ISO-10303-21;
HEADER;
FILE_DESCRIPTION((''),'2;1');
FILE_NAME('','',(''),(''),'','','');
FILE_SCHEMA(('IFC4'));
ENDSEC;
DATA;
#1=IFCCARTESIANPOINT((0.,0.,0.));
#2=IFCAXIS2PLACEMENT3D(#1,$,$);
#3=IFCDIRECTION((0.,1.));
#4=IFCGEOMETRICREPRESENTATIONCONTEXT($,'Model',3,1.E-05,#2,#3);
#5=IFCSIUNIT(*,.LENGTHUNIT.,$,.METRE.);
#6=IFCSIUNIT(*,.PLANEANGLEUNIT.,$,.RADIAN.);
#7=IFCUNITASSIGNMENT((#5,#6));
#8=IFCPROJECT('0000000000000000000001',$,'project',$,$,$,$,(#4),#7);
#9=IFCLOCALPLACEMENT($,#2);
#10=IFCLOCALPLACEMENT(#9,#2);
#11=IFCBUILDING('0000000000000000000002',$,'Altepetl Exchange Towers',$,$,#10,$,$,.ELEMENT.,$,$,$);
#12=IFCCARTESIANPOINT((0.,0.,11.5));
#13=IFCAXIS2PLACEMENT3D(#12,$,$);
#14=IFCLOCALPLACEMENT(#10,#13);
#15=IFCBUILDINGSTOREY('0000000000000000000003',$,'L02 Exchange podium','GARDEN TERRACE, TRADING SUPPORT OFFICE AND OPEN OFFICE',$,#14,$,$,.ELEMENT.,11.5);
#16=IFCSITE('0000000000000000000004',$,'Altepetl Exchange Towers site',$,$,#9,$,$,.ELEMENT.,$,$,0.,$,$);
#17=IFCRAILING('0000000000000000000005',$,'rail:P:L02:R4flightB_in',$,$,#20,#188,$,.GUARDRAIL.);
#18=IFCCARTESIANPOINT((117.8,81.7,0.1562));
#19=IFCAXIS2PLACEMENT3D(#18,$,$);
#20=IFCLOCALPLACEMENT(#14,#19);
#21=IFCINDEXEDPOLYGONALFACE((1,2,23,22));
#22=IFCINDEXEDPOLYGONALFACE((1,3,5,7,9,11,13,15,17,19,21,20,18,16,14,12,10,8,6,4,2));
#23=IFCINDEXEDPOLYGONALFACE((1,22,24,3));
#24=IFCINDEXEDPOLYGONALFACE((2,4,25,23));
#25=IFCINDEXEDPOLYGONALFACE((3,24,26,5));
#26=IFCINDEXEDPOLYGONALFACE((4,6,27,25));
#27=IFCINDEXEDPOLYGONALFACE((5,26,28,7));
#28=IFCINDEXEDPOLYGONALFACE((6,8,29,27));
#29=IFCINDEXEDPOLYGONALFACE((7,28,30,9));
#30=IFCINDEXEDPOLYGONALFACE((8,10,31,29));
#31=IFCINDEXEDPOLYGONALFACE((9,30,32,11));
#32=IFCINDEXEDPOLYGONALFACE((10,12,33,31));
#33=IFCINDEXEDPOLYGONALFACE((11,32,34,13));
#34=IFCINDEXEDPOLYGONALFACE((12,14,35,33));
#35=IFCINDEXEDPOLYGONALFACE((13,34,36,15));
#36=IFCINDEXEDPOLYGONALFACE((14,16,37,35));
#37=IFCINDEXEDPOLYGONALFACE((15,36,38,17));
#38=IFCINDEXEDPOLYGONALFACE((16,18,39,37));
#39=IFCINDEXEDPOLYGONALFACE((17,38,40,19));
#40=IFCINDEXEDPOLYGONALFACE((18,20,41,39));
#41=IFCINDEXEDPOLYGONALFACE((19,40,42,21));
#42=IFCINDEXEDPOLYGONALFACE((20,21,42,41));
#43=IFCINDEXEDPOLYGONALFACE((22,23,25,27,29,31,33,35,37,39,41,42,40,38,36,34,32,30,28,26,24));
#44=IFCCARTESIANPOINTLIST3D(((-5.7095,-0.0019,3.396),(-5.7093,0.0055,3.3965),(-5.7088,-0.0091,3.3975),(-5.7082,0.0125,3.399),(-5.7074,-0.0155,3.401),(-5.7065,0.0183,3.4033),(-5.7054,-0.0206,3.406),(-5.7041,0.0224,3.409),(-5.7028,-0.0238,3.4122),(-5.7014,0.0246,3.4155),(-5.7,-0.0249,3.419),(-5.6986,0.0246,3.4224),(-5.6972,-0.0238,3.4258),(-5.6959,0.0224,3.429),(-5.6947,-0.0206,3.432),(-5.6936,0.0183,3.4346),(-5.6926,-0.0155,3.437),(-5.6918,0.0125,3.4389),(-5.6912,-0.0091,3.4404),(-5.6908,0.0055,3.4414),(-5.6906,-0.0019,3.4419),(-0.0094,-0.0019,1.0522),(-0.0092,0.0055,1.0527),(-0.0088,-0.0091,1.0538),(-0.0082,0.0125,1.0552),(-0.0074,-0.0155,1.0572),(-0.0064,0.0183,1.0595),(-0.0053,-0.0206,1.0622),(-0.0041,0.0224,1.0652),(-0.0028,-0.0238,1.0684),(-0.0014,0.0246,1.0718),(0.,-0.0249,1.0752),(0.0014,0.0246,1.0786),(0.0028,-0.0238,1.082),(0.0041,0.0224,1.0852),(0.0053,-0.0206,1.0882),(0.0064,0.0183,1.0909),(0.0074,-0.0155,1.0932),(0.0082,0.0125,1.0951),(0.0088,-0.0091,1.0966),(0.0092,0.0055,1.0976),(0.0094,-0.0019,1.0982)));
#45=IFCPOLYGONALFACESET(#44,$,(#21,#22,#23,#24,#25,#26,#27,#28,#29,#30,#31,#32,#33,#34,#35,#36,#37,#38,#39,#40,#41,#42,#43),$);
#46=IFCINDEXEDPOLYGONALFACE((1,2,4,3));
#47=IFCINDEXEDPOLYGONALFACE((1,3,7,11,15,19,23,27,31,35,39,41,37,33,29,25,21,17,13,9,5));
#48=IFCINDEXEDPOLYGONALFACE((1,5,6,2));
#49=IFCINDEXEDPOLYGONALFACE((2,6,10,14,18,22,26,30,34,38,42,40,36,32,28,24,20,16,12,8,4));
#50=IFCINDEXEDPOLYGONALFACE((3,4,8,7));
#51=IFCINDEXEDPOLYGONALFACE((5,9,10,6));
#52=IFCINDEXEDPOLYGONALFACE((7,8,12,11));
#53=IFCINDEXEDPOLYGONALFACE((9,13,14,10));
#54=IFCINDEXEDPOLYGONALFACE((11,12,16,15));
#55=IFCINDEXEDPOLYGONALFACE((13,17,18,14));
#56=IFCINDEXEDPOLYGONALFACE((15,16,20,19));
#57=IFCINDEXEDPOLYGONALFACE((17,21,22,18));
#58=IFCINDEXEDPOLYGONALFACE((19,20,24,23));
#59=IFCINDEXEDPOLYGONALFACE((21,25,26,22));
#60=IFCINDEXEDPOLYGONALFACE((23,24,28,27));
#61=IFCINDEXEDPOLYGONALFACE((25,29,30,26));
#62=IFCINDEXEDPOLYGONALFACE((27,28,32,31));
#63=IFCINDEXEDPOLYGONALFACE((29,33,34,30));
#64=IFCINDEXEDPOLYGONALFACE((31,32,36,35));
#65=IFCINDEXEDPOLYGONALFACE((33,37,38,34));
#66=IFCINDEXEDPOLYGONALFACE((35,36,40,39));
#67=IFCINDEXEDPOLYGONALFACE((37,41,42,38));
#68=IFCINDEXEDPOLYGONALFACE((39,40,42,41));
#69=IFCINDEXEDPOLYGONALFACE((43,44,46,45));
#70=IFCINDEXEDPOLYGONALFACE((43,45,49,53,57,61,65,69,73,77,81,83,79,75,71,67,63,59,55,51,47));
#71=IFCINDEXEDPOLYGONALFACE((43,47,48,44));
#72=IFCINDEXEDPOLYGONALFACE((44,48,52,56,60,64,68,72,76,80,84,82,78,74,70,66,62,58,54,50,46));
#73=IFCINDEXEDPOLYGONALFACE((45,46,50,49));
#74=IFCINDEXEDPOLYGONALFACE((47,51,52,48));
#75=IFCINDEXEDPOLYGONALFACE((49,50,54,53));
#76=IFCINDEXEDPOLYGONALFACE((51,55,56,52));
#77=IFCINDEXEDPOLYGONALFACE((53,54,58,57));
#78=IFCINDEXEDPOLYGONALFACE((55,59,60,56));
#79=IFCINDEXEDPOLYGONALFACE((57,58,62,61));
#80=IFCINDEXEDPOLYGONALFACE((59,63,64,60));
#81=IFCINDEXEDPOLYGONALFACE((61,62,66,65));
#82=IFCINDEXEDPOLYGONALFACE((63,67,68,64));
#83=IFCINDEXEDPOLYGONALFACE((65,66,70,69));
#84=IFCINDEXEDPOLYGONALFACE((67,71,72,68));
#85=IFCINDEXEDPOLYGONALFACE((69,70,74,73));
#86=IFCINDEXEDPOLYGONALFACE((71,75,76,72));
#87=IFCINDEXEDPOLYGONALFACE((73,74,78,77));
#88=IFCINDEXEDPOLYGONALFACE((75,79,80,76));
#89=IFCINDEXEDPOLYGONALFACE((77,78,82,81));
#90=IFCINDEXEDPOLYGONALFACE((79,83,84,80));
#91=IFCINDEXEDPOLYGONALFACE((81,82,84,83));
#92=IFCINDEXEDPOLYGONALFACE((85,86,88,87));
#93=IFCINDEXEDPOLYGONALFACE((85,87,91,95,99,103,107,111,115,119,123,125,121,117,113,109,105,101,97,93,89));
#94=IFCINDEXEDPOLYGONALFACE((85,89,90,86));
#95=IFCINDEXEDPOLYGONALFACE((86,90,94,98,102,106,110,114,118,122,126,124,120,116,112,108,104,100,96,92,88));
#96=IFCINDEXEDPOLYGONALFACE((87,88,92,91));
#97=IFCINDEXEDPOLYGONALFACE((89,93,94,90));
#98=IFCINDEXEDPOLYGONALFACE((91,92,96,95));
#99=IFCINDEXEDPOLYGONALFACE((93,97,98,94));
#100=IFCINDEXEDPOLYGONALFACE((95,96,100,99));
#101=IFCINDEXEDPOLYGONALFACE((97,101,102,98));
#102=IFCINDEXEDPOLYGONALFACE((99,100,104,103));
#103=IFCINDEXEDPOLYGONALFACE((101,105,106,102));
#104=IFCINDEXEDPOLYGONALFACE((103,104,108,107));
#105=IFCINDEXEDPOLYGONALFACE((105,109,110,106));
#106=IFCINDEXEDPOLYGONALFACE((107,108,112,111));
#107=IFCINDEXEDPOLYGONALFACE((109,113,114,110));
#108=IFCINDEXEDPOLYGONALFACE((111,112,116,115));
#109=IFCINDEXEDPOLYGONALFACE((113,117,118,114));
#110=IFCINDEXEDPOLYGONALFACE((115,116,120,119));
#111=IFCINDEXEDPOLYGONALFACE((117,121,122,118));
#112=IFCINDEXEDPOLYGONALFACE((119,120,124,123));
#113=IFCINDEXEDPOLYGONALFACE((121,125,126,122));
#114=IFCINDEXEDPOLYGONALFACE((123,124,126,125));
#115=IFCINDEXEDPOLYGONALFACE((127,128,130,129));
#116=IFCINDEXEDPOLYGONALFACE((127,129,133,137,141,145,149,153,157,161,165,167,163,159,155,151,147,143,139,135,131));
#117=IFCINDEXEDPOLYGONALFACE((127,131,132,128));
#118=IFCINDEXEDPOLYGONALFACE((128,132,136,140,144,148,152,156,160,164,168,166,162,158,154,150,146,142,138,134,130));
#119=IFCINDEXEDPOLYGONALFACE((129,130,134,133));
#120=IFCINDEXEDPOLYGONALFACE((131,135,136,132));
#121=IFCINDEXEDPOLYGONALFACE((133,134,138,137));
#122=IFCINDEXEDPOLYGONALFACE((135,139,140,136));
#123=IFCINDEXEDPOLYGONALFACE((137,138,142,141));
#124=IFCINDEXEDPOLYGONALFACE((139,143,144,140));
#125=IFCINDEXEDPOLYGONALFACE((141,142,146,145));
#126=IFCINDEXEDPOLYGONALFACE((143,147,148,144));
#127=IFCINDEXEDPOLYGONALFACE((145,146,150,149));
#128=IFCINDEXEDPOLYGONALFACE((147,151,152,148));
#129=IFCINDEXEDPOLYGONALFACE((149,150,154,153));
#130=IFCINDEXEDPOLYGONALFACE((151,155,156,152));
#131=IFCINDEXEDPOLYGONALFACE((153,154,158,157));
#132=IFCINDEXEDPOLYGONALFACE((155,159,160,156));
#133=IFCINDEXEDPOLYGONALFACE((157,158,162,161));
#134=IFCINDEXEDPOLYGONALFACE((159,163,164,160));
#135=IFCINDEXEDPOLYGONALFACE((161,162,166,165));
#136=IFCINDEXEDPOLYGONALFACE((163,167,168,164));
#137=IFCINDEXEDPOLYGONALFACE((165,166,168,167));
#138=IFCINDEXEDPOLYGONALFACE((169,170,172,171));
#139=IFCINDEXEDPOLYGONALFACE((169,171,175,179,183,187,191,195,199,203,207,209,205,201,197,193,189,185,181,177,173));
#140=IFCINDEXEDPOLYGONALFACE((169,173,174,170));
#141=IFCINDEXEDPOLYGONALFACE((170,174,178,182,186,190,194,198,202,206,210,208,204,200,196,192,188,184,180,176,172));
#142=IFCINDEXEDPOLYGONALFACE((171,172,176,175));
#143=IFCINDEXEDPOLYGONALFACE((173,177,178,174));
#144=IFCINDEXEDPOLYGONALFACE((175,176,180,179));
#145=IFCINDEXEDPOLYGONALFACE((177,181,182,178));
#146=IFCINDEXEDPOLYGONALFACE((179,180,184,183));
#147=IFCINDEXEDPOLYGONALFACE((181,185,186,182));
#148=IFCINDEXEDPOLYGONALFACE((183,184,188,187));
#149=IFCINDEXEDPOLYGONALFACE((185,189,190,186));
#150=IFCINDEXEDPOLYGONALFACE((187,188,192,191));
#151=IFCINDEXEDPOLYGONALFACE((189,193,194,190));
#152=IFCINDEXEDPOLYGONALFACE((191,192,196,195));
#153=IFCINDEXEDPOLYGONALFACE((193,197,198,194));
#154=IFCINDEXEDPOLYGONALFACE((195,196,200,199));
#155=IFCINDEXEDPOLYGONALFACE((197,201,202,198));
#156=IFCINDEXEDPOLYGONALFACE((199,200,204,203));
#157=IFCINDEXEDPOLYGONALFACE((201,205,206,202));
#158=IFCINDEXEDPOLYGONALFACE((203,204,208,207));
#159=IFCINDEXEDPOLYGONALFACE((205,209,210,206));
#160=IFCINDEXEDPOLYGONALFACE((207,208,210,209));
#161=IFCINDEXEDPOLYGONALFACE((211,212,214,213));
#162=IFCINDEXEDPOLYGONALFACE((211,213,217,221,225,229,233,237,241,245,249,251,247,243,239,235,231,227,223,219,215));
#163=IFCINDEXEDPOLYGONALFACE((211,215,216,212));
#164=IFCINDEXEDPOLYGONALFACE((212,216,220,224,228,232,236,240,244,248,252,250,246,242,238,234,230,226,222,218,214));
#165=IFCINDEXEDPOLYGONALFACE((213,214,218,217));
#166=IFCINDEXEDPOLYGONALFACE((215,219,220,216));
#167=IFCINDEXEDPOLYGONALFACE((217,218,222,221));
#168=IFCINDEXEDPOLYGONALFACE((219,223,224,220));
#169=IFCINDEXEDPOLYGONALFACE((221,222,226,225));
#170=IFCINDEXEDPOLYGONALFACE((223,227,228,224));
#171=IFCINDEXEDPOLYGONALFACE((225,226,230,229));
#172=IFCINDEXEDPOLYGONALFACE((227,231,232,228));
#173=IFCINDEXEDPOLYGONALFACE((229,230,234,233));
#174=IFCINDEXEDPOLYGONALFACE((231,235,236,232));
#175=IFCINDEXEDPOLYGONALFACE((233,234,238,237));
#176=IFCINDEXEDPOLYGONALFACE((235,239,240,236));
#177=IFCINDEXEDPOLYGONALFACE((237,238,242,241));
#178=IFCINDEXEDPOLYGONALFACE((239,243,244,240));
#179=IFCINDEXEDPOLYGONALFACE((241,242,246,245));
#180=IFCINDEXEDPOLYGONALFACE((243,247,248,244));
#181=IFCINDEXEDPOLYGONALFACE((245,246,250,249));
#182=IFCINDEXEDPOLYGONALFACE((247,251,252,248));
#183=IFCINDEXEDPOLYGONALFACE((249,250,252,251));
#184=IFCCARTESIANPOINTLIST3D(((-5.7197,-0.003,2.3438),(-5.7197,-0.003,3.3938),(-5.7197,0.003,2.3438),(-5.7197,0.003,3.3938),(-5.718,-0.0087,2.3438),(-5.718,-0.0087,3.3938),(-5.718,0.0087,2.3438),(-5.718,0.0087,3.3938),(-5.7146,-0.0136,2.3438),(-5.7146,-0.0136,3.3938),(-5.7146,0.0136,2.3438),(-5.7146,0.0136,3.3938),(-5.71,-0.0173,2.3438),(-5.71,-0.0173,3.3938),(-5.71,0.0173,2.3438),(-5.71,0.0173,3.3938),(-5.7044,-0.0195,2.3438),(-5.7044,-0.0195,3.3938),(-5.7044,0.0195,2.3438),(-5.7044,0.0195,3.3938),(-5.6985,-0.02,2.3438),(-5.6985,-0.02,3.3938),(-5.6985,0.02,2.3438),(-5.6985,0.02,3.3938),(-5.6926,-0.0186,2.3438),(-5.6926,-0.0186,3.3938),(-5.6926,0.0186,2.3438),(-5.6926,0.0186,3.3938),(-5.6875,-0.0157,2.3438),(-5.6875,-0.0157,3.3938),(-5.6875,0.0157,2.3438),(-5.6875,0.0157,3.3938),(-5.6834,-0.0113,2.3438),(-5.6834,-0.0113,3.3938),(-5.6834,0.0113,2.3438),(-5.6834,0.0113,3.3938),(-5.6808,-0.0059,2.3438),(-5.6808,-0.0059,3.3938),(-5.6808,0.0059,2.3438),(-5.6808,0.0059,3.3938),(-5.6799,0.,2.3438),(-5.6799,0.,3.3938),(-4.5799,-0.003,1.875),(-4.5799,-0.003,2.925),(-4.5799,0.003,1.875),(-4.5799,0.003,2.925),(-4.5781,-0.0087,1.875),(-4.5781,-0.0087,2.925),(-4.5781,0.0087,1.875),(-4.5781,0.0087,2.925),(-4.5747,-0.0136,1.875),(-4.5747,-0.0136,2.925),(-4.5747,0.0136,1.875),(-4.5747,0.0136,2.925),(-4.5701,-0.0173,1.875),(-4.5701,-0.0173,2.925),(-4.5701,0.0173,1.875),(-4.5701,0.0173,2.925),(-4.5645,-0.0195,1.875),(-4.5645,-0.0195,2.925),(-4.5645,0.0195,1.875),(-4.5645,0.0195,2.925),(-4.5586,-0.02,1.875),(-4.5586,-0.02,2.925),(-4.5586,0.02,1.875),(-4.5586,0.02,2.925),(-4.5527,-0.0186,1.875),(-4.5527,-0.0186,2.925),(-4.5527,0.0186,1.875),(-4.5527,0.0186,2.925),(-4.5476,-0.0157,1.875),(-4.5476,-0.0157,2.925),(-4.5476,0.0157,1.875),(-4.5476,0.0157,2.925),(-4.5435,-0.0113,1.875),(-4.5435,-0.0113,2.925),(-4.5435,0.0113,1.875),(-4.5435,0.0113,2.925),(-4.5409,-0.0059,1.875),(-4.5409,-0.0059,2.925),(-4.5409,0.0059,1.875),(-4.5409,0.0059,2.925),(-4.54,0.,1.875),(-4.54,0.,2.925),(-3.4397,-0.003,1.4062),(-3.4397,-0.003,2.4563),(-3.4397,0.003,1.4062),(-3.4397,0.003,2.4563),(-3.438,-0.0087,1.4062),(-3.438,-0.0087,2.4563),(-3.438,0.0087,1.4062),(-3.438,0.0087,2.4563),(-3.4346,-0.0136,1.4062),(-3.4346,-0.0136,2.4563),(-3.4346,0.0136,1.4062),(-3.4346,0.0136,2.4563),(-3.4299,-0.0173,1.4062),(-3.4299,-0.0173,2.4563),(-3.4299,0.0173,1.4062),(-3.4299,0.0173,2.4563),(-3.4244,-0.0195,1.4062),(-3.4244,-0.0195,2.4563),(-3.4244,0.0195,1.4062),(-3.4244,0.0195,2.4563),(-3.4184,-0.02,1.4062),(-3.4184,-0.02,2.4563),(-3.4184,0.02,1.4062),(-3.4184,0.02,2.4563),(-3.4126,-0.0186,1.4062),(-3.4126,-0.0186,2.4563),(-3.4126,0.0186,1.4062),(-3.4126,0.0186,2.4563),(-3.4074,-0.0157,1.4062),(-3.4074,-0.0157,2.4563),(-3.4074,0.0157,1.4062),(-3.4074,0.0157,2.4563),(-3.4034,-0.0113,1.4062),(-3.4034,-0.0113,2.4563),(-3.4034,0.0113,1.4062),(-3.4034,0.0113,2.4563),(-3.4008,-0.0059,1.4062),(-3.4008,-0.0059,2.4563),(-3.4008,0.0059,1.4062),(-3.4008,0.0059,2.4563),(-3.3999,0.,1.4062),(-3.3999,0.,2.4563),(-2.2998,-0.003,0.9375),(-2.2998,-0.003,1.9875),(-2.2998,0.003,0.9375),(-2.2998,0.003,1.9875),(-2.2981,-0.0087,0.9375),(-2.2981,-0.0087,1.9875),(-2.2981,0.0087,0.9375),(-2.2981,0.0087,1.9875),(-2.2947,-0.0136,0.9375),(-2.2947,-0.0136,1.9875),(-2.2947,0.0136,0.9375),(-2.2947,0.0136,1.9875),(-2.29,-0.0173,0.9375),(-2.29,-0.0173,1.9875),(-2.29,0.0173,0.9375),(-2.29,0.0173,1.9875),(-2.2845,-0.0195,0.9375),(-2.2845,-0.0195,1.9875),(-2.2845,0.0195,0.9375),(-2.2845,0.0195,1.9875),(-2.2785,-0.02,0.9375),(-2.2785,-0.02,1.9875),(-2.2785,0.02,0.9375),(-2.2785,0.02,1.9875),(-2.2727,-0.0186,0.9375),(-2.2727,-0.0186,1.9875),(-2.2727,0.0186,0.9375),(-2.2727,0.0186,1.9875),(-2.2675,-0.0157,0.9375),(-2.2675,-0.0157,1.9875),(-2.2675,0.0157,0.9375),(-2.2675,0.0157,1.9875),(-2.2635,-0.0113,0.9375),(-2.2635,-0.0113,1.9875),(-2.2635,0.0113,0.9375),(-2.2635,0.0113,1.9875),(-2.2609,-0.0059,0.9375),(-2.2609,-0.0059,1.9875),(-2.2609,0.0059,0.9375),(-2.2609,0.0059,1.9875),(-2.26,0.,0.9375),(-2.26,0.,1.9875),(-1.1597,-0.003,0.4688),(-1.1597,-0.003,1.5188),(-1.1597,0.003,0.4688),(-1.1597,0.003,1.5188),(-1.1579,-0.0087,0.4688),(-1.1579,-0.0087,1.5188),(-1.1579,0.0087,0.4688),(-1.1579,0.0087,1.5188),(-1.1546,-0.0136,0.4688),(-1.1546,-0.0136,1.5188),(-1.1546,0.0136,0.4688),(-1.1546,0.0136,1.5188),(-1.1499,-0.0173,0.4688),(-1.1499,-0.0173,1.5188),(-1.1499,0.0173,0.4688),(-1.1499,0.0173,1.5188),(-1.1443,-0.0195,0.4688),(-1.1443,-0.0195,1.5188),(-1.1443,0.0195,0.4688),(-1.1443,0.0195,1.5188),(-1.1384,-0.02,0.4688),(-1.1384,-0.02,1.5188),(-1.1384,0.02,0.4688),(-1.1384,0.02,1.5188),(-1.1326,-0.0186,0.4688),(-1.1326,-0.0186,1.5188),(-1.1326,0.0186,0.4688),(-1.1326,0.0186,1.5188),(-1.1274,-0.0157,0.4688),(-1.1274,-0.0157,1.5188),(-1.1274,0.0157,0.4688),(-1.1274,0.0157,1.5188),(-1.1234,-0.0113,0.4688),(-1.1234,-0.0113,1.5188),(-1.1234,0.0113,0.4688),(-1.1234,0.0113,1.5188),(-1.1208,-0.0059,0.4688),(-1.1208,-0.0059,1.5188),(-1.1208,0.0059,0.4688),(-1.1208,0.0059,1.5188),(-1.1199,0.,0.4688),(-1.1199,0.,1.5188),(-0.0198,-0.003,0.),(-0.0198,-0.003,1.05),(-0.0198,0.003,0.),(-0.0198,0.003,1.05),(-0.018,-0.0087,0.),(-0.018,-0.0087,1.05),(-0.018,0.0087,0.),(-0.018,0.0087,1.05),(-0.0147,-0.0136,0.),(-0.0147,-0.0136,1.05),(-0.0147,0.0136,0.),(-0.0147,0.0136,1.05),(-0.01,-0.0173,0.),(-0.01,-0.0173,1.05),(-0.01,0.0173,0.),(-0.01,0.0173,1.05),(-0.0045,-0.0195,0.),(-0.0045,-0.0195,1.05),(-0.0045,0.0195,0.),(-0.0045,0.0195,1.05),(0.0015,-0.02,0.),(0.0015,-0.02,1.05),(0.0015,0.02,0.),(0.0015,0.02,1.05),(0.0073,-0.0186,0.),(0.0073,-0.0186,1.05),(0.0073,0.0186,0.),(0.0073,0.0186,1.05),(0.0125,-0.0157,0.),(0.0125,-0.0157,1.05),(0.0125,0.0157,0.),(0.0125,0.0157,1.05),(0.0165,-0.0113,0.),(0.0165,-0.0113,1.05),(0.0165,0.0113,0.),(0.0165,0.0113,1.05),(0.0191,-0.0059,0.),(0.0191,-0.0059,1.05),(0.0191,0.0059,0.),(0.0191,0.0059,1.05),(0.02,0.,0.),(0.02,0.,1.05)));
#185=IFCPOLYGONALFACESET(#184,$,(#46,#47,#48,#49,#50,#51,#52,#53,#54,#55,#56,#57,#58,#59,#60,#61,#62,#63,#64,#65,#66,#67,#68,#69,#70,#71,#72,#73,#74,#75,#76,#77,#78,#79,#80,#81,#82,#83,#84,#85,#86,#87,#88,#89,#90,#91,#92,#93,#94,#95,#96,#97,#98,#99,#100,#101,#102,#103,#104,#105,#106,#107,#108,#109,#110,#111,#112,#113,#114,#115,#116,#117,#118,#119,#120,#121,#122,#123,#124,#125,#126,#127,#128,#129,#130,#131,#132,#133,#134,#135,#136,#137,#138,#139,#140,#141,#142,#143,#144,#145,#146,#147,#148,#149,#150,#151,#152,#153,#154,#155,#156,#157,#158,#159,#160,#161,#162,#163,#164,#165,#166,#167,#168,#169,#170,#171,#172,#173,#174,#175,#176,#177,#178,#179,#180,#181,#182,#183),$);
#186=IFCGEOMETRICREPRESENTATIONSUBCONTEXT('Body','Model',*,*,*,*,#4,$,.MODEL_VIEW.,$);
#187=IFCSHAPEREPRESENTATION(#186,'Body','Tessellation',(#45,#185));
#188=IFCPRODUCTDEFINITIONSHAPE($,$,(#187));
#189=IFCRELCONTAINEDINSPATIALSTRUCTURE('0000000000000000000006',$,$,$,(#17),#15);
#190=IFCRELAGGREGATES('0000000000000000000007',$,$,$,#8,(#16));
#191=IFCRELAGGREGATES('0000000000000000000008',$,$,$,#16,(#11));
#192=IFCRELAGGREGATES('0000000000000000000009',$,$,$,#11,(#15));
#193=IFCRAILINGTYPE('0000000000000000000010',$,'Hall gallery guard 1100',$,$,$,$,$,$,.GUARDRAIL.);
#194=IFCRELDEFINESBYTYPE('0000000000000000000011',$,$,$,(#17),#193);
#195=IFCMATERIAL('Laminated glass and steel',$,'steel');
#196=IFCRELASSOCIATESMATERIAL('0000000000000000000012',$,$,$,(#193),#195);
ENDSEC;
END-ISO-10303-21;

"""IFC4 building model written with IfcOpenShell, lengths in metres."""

from ifc_helpers import new_model, si_unit, direction, frame, origin, origin_2d, place, context, subcontext, project, spatial, circle, extrude, source, transform, mapped, material, type_object, element, save


model = new_model("IFC4")

# Units and contexts
model_context = context("Model", 3, precision=1e-05, world=origin(), true_north=direction((0.0, 1.0)))
body_context = subcontext(model_context, "Body", "Model", "MODEL_VIEW")
ifc_project = project(units=[si_unit("LENGTHUNIT", "METRE"), si_unit("PLANEANGLEUNIT", "RADIAN")], contexts=[model_context])

# Site, building, storey
site_placement = place(None, origin())
site = spatial("IfcSite", under=ifc_project, at=site_placement, Name="Altepetl Exchange Towers site", CompositionType="ELEMENT", RefElevation=0.0)
building_placement = place(site_placement, origin())
building = spatial("IfcBuilding", under=site, at=building_placement, Name="Altepetl Exchange Towers", CompositionType="ELEMENT")
storey_placement = place(building_placement, frame((0.0, 0.0, 11.5)))
storey = spatial("IfcBuildingStorey", under=building, at=storey_placement, Name="L02 Exchange podium", Description="GARDEN TERRACE, TRADING SUPPORT OFFICE AND OPEN OFFICE", CompositionType="ELEMENT", Elevation=11.5)

# Railing
ifc_material_1 = material(Name="Laminated glass and steel", Category="steel")
railing_type_1 = type_object("IfcRailingType", Name="Hall gallery guard 1100", PredefinedType="GUARDRAIL", material=ifc_material_1)
shared_shape_1 = source(origin(), body_context, "Body", "SweptSolid", [
    extrude(circle(Radius=0.02, at=origin_2d()), origin(), (0.0, 0.0, 1.0), 1.05),
])
for number, where, name in (
    (1, (117.8, 81.7, 0.1562), "rail:P:L02:R4flightB_in"),
):
    element("IfcRailing", number, at=place(storey_placement, frame(where)), inside=storey, type_object=railing_type_1, Name=name, PredefinedType="GUARDRAIL", context=body_context, shape_type="SweptSolid", body=[
        extrude(circle(Radius=0.0249, at=origin_2d()), frame((0.0, 0.0, 1.0752), z_axis=(-0.924866, 0.0, 0.380293), x_axis=(0.0, -1.0, 0.0)), (0.0, 0.0, 1.0), 6.1631),
        mapped(shared_shape_1, transform((0.0, 0.0, 0.0))),
        mapped(shared_shape_1, transform((-1.1399, 0.0, 0.4688))),
        mapped(shared_shape_1, transform((-2.28, 0.0, 0.9375))),
        mapped(shared_shape_1, transform((-3.4199, 0.0, 1.4062))),
        mapped(shared_shape_1, transform((-4.5601, 0.0, 1.875))),
        mapped(shared_shape_1, transform((-5.7, 0.0, 2.3438))),
    ])

save(model, "model.ifc")
